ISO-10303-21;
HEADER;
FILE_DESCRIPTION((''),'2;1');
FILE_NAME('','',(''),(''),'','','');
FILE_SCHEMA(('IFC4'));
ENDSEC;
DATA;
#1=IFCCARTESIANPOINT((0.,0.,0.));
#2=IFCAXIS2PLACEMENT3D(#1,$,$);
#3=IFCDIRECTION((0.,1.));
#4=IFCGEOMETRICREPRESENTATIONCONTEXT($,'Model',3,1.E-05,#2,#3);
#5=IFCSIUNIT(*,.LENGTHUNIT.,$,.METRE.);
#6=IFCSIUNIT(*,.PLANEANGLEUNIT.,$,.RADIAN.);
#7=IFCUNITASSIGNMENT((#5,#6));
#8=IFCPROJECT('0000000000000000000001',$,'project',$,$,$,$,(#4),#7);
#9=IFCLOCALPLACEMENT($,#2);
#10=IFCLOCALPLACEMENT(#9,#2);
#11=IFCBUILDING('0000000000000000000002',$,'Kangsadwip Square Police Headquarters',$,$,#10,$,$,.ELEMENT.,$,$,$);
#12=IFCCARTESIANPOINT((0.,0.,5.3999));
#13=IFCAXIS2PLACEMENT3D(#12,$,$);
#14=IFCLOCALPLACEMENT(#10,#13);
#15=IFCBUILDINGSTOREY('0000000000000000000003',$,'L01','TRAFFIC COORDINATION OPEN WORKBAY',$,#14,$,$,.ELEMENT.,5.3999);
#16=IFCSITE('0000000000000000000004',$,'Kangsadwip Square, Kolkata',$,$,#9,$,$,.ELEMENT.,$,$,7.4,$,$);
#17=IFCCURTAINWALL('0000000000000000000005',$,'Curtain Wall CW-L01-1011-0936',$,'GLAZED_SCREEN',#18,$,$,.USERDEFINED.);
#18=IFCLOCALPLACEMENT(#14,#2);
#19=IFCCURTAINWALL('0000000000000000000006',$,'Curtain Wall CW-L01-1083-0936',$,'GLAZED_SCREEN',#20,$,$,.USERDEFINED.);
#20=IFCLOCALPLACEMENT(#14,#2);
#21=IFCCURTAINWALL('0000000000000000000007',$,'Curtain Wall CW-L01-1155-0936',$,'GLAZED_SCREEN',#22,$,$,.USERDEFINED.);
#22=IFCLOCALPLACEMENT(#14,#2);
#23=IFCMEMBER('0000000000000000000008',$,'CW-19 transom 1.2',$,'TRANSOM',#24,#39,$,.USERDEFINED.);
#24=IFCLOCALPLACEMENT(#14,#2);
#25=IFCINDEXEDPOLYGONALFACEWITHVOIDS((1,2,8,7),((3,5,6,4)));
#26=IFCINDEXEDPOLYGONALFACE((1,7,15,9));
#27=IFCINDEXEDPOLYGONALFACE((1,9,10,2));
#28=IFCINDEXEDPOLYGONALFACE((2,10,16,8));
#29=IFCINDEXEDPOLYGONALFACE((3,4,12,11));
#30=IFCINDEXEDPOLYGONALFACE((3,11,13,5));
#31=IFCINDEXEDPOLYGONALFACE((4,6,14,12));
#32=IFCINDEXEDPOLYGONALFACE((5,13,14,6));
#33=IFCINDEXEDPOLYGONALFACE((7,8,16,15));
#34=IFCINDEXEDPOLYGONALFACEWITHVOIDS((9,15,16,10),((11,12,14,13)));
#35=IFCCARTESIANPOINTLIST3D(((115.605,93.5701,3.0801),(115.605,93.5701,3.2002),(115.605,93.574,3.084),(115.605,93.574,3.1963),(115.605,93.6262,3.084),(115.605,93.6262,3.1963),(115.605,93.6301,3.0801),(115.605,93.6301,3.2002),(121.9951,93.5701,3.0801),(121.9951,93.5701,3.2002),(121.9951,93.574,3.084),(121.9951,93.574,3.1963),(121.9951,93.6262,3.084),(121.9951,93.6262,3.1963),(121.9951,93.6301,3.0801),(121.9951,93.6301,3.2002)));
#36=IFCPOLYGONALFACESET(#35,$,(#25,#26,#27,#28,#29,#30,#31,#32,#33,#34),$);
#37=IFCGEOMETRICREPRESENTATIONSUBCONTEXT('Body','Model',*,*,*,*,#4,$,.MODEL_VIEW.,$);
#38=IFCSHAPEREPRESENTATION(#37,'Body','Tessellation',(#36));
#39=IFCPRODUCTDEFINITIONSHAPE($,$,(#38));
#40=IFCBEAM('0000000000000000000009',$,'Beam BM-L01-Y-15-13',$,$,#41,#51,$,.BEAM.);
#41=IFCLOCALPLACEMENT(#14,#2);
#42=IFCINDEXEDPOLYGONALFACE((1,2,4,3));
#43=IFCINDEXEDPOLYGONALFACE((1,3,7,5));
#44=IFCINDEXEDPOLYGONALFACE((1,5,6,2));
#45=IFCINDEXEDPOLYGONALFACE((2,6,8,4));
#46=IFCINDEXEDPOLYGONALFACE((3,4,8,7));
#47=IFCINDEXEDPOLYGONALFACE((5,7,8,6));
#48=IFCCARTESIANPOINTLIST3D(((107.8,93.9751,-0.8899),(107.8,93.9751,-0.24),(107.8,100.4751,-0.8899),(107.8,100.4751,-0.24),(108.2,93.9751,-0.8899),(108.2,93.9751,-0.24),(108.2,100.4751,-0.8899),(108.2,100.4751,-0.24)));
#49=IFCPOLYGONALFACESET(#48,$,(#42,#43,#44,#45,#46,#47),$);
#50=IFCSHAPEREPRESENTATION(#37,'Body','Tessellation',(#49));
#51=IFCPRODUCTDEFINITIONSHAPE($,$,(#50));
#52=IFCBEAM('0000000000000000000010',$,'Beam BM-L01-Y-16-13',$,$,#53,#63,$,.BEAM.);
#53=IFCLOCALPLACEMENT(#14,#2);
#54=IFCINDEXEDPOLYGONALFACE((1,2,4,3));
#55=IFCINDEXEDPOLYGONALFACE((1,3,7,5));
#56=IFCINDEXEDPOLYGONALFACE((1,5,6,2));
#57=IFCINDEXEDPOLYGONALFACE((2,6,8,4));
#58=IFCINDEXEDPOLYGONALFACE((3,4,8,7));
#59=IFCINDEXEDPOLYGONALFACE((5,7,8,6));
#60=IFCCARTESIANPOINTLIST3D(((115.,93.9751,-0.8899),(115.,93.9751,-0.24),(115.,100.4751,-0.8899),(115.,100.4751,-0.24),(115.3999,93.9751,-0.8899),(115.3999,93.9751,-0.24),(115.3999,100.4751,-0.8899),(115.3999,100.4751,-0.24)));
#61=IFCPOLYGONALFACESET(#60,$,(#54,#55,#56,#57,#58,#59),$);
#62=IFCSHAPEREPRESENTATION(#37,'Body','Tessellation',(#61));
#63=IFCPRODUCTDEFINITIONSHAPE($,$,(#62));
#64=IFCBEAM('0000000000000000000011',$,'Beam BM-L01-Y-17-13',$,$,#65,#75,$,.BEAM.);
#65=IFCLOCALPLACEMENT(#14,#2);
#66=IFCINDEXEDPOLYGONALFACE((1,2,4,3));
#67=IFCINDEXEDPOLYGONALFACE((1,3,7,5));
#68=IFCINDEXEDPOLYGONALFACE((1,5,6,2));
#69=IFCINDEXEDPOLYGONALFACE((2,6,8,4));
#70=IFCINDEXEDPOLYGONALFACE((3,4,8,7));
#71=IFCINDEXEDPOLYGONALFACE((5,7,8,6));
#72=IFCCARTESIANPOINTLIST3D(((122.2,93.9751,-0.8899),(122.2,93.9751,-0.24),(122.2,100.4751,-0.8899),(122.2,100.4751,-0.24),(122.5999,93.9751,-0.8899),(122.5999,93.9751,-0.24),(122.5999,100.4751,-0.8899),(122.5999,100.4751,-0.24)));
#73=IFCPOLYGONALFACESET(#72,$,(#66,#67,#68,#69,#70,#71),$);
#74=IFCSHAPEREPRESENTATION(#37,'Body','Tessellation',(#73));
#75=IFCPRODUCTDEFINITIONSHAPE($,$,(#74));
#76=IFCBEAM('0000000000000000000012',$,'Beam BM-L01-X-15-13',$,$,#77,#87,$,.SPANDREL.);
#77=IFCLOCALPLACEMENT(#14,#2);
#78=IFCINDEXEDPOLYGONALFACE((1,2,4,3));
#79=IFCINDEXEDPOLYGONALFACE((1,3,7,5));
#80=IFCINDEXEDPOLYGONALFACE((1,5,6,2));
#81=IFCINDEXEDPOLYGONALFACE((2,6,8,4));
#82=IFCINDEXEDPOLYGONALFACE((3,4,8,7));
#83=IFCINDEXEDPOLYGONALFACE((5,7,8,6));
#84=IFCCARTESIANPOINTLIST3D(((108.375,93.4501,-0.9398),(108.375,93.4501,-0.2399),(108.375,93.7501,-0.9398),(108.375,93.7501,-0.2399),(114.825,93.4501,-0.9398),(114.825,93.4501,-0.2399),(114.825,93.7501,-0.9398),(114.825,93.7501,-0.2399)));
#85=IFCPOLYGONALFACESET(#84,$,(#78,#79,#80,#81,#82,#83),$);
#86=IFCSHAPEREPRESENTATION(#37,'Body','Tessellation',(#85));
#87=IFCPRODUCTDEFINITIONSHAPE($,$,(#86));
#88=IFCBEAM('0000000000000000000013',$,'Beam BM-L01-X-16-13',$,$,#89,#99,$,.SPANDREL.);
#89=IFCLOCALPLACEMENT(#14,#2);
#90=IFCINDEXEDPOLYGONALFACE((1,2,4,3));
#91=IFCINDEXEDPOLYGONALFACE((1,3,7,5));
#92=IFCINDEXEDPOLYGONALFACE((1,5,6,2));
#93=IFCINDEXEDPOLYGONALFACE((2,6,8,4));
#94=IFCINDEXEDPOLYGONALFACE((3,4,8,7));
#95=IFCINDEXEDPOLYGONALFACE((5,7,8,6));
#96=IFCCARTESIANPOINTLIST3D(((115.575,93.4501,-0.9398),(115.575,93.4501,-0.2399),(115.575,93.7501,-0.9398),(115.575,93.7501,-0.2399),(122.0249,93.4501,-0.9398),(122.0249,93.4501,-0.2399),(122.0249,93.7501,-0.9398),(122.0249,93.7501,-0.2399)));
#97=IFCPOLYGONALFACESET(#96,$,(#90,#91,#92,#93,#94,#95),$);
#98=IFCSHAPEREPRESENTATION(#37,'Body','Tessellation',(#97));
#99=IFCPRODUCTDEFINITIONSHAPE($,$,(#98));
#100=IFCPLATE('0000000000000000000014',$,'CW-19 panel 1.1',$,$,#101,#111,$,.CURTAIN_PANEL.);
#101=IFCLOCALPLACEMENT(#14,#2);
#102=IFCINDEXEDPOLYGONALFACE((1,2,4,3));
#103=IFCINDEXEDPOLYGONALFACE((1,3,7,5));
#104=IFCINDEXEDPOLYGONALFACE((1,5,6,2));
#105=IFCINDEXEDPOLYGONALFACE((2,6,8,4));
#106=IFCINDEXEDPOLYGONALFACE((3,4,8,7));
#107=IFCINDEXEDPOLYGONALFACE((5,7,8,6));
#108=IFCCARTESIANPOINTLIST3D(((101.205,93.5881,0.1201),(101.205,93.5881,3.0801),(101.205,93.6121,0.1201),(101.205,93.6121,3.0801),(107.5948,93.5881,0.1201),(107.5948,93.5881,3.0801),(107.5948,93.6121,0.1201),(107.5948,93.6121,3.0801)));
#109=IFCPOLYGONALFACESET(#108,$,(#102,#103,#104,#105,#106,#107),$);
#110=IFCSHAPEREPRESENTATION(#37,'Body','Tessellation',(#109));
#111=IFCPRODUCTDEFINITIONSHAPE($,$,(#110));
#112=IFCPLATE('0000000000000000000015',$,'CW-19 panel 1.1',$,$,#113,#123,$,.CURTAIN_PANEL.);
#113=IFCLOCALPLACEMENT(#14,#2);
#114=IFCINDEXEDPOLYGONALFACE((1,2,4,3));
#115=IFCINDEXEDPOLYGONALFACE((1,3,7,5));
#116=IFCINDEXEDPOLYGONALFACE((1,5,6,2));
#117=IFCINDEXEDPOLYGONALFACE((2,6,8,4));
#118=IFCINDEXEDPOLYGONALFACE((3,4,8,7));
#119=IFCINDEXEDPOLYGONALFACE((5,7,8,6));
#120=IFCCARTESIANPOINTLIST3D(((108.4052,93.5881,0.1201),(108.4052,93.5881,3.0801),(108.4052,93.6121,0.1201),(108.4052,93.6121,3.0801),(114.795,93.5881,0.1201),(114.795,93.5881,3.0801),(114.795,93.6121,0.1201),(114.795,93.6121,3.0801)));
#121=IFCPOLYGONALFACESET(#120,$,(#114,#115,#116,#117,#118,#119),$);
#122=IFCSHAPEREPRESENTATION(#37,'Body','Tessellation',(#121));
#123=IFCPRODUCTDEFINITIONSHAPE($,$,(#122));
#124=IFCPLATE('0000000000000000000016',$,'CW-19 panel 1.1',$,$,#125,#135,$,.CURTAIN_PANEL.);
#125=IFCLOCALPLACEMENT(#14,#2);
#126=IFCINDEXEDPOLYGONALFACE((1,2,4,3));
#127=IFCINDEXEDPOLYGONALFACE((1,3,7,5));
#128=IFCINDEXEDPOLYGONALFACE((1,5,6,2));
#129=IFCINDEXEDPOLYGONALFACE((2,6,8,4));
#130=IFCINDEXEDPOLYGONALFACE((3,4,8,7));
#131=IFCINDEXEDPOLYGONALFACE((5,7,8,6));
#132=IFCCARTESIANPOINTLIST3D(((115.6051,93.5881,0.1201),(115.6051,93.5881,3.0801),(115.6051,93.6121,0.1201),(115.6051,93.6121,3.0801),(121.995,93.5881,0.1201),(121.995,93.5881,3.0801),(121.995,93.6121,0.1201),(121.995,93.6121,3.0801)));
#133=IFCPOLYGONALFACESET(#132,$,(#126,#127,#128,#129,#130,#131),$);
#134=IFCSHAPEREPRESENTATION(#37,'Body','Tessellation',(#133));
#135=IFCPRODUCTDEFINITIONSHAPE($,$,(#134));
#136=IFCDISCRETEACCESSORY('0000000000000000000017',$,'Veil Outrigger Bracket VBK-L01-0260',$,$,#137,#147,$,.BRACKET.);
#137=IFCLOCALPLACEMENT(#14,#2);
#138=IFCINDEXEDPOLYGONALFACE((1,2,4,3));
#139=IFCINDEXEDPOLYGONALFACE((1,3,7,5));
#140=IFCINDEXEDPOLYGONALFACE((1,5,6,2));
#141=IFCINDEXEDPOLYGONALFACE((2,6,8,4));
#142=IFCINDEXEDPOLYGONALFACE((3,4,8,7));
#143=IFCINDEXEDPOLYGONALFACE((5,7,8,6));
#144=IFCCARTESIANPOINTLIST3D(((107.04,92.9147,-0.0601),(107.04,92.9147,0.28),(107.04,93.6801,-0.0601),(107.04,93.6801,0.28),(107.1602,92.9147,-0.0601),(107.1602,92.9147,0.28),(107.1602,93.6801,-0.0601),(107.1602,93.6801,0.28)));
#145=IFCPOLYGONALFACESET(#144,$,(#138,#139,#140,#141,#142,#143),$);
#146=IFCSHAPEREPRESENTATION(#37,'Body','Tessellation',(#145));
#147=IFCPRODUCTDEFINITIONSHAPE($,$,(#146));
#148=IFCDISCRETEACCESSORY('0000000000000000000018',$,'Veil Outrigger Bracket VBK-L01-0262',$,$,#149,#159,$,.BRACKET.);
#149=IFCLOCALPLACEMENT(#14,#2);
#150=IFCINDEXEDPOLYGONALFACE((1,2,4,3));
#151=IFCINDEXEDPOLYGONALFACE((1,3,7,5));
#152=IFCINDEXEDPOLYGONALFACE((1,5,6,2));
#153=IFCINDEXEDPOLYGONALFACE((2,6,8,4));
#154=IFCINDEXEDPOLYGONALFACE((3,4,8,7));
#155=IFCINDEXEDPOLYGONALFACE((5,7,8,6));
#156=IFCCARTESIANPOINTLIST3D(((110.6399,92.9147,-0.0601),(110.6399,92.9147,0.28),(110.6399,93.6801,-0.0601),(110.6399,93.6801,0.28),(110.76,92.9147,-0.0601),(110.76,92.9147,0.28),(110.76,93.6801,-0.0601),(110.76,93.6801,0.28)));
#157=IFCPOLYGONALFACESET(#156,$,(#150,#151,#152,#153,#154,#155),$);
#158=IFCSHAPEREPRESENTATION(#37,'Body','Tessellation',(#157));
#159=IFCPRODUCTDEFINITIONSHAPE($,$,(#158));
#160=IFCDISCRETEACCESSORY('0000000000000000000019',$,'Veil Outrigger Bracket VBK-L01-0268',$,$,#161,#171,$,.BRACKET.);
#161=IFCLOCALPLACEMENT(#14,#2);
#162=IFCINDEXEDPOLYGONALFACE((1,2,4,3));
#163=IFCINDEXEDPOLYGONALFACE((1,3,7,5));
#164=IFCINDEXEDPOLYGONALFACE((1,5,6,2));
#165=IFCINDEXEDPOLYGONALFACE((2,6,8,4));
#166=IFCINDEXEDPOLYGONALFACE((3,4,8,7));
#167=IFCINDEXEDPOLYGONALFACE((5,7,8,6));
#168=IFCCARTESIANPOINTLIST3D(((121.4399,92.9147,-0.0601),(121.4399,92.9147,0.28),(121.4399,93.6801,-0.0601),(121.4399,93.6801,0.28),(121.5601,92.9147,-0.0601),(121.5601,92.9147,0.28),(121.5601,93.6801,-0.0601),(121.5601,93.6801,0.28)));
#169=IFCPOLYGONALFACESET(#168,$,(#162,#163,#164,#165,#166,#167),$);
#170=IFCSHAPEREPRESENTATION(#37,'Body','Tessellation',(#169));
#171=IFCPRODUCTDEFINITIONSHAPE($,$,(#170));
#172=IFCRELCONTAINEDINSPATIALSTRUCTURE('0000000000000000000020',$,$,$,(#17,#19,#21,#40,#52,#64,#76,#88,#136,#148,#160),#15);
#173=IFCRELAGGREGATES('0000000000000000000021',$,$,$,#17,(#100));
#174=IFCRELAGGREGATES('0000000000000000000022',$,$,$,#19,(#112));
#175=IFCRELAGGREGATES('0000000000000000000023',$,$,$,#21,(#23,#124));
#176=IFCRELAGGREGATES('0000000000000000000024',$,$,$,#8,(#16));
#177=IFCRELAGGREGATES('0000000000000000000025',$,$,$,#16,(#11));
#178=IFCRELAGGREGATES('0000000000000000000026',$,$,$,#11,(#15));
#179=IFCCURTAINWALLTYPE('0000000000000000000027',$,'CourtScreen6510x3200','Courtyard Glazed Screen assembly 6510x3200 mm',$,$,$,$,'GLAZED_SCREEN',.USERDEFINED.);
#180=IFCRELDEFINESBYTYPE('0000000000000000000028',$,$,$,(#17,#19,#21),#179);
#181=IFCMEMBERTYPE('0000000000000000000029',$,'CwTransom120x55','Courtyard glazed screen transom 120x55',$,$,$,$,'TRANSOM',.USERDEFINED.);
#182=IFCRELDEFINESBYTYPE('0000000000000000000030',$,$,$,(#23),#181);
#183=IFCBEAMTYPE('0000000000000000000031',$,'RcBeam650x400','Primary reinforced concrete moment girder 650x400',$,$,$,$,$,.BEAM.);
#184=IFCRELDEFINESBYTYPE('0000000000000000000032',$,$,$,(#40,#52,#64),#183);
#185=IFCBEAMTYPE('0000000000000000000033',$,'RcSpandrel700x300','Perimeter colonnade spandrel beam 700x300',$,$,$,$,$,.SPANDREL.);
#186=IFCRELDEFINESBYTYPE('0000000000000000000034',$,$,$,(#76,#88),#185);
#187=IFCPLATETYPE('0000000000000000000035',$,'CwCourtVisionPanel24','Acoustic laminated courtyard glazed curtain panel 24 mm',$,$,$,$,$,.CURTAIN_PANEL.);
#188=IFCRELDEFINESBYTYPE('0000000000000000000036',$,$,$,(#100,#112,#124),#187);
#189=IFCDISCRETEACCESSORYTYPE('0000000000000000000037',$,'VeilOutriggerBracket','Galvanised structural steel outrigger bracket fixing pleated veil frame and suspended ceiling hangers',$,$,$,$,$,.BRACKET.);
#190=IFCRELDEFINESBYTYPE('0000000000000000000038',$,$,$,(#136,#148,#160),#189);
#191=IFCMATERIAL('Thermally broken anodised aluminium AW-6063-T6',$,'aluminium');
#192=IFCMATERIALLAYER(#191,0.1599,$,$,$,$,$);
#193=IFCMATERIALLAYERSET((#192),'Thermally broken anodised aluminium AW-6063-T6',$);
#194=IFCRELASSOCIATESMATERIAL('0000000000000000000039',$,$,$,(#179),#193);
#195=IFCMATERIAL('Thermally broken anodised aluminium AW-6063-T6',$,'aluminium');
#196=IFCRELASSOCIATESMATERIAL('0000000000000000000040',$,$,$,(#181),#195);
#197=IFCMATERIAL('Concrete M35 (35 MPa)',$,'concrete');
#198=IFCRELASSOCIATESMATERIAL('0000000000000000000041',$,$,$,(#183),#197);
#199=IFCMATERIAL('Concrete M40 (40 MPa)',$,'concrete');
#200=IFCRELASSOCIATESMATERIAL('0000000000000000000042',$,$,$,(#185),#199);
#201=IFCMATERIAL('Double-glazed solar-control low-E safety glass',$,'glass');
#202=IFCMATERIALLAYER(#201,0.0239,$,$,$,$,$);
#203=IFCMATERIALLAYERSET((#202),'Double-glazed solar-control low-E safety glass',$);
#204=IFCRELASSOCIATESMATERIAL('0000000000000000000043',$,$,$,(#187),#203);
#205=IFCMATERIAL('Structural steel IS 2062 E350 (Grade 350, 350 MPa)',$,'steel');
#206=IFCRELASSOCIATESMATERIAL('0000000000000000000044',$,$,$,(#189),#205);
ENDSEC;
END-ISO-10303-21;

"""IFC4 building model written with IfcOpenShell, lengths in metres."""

from ifc_helpers import new_model, si_unit, direction, frame, origin, origin_2d, place, context, subcontext, project, spatial, rectangle, hollow_rectangle, extrude, material, layer, layer_set, material_profile, profile_set, type_object, element, aggregate, save


model = new_model("IFC4")

# Units and contexts
model_context = context("Model", 3, precision=1e-05, world=origin(), true_north=direction((0.0, 1.0)))
body_context = subcontext(model_context, "Body", "Model", "MODEL_VIEW")
ifc_project = project(units=[si_unit("LENGTHUNIT", "METRE"), si_unit("PLANEANGLEUNIT", "RADIAN")], contexts=[model_context])

# Site, building, storey
site_placement = place(None, origin())
site = spatial("IfcSite", under=ifc_project, at=site_placement, Name="Kangsadwip Square, Kolkata", CompositionType="ELEMENT", RefElevation=7.4)
building_placement = place(site_placement, origin())
building = spatial("IfcBuilding", under=site, at=building_placement, Name="Kangsadwip Square Police Headquarters", CompositionType="ELEMENT")
storey_placement = place(building_placement, frame((0.0, 0.0, 5.3999)))
storey = spatial("IfcBuildingStorey", under=building, at=storey_placement, Name="L01", Description="TRAFFIC COORDINATION OPEN WORKBAY", CompositionType="ELEMENT", Elevation=5.3999)

# Curtain wall
ifc_material_1 = material(Name="Thermally broken anodised aluminium AW-6063-T6", Category="aluminium")
ifc_layer_1 = layer(ifc_material_1, 0.1599)
ifc_layer_set_1 = layer_set([ifc_layer_1], Name="Thermally broken anodised aluminium AW-6063-T6")
curtain_wall_type = type_object("IfcCurtainWallType", Name="CourtScreen6510x3200", Description="Courtyard Glazed Screen assembly 6510x3200 mm", ElementType="GLAZED_SCREEN", PredefinedType="USERDEFINED", material=ifc_layer_set_1)
curtain_wall_1_placement = place(storey_placement, origin())
curtain_wall_1 = element("IfcCurtainWall", 1, at=curtain_wall_1_placement, inside=storey, type_object=curtain_wall_type, Name="Curtain Wall CW-L01-1011-0936", ObjectType="GLAZED_SCREEN", PredefinedType="USERDEFINED")

# Curtain walls
curtain_wall_2_placement = place(storey_placement, origin())
curtain_wall_2 = element("IfcCurtainWall", 2, at=curtain_wall_2_placement, inside=storey, type_object=curtain_wall_type, Name="Curtain Wall CW-L01-1083-0936", ObjectType="GLAZED_SCREEN", PredefinedType="USERDEFINED")
curtain_wall_3_placement = place(storey_placement, origin())
curtain_wall_3 = element("IfcCurtainWall", 3, at=curtain_wall_3_placement, inside=storey, type_object=curtain_wall_type, Name="Curtain Wall CW-L01-1155-0936", ObjectType="GLAZED_SCREEN", PredefinedType="USERDEFINED")

# Member
ifc_material_2 = material(Name="Thermally broken anodised aluminium AW-6063-T6", Category="aluminium")
ifc_material_profile_1 = material_profile(ifc_material_2, hollow_rectangle(XDim=0.0601, YDim=0.1201, WallThickness=0.0039, at=origin_2d()), Name="CWT 120X60X4")
ifc_profile_set_1 = profile_set([ifc_material_profile_1], Name="Thermally broken anodised aluminium AW-6063-T6")
member_type_1 = type_object("IfcMemberType", Name="CwTransom120x55", Description="Courtyard glazed screen transom 120x55", ElementType="TRANSOM", PredefinedType="USERDEFINED", material=ifc_profile_set_1)
member_1_placement = place(storey_placement, frame((115.605, 93.6001, 3.1401), z_axis=(1.0, 0.0, 0.0), x_axis=(0.0, 1.0, 0.0)))
member_1 = element("IfcMember", 4, at=member_1_placement, type_object=member_type_1, Name="CW-19 transom 1.2", ObjectType="TRANSOM", PredefinedType="USERDEFINED", context=body_context, shape_type="SweptSolid", body=[
    extrude(hollow_rectangle(XDim=0.0601, YDim=0.1201, WallThickness=0.0039, at=origin_2d()), origin(), (0.0, 0.0, 1.0), 6.3901),
])

# Beams
ifc_material_3 = material(Name="Concrete M35 (35 MPa)", Category="concrete")
ifc_material_profile_2 = material_profile(ifc_material_3, rectangle(XDim=0.3999, YDim=0.6499, at=origin_2d()), Name="RC BM 650X400")
ifc_profile_set_2 = profile_set([ifc_material_profile_2], Name="Concrete M35 (35 MPa)")
beam_type_1 = type_object("IfcBeamType", Name="RcBeam650x400", Description="Primary reinforced concrete moment girder 650x400", PredefinedType="BEAM", material=ifc_profile_set_2)
for number, where, z_axis, x_axis, name in (
    (5, (108.0, 93.9751, -0.5649), (0.0, 1.0, 0.0), (-1.0, 0.0, 0.0), "Beam BM-L01-Y-15-13"),
    (6, (115.2, 93.9751, -0.5649), (0.0, 1.0, 0.0), (-1.0, 0.0, 0.0), "Beam BM-L01-Y-16-13"),
    (7, (122.3999, 93.9751, -0.5649), (0.0, 1.0, 0.0), (-1.0, 0.0, 0.0), "Beam BM-L01-Y-17-13"),
):
    element("IfcBeam", number, at=place(storey_placement, frame(where, z_axis=z_axis, x_axis=x_axis)), inside=storey, type_object=beam_type_1, Name=name, PredefinedType="BEAM", context=body_context, shape_type="SweptSolid", body=[
        extrude(rectangle(XDim=0.3999, YDim=0.6499, at=origin_2d()), origin(), (0.0, 0.0, 1.0), 6.5),
    ])
ifc_material_4 = material(Name="Concrete M40 (40 MPa)", Category="concrete")
ifc_material_profile_3 = material_profile(ifc_material_4, rectangle(XDim=0.3, YDim=0.7, at=origin_2d()), Name="RC SPN 700X300")
ifc_profile_set_3 = profile_set([ifc_material_profile_3], Name="Concrete M40 (40 MPa)")
beam_type_2 = type_object("IfcBeamType", Name="RcSpandrel700x300", Description="Perimeter colonnade spandrel beam 700x300", PredefinedType="SPANDREL", material=ifc_profile_set_3)
for number, where, z_axis, x_axis, name in (
    (8, (108.375, 93.6001, -0.5898), (1.0, 0.0, 0.0), (0.0, 1.0, 0.0), "Beam BM-L01-X-15-13"),
    (9, (115.575, 93.6001, -0.5898), (1.0, 0.0, 0.0), (0.0, 1.0, 0.0), "Beam BM-L01-X-16-13"),
):
    element("IfcBeam", number, at=place(storey_placement, frame(where, z_axis=z_axis, x_axis=x_axis)), inside=storey, type_object=beam_type_2, Name=name, PredefinedType="SPANDREL", context=body_context, shape_type="SweptSolid", body=[
        extrude(rectangle(XDim=0.3, YDim=0.7, at=origin_2d()), origin(), (0.0, 0.0, 1.0), 6.45),
    ])

# Plates
ifc_material_5 = material(Name="Double-glazed solar-control low-E safety glass", Category="glass")
ifc_layer_2 = layer(ifc_material_5, 0.0239)
ifc_layer_set_2 = layer_set([ifc_layer_2], Name="Double-glazed solar-control low-E safety glass")
plate_type = type_object("IfcPlateType", Name="CwCourtVisionPanel24", Description="Acoustic laminated courtyard glazed curtain panel 24 mm", PredefinedType="CURTAIN_PANEL", material=ifc_layer_set_2)
plate_1_placement = place(storey_placement, frame((104.3999, 93.6001, 0.1201), z_axis=(0.0, 0.0, 1.0), x_axis=(1.0, 0.0, 0.0)))
plate_1 = element("IfcPlate", 10, at=plate_1_placement, type_object=plate_type, Name="CW-19 panel 1.1", PredefinedType="CURTAIN_PANEL", context=body_context, shape_type="SweptSolid", body=[
    extrude(rectangle(XDim=6.3899, YDim=0.0239, at=origin_2d()), origin(), (0.0, 0.0, 1.0), 2.96),
])
aggregate(curtain_wall_1, [plate_1])
plate_2_placement = place(storey_placement, frame((111.6001, 93.6001, 0.1201), z_axis=(0.0, 0.0, 1.0), x_axis=(1.0, 0.0, 0.0)))
plate_2 = element("IfcPlate", 11, at=plate_2_placement, type_object=plate_type, Name="CW-19 panel 1.1", PredefinedType="CURTAIN_PANEL", context=body_context, shape_type="SweptSolid", body=[
    extrude(rectangle(XDim=6.3899, YDim=0.0239, at=origin_2d()), origin(), (0.0, 0.0, 1.0), 2.96),
])
aggregate(curtain_wall_2, [plate_2])
plate_3_placement = place(storey_placement, frame((118.8, 93.6001, 0.1201), z_axis=(0.0, 0.0, 1.0), x_axis=(1.0, 0.0, 0.0)))
plate_3 = element("IfcPlate", 12, at=plate_3_placement, type_object=plate_type, Name="CW-19 panel 1.1", PredefinedType="CURTAIN_PANEL", context=body_context, shape_type="SweptSolid", body=[
    extrude(rectangle(XDim=6.3899, YDim=0.0239, at=origin_2d()), origin(), (0.0, 0.0, 1.0), 2.96),
])
aggregate(curtain_wall_3, [member_1, plate_3])

# Discrete accessories
ifc_material_6 = material(Name="Structural steel IS 2062 E350 (Grade 350, 350 MPa)", Category="steel")
discrete_accessory_type = type_object("IfcDiscreteAccessoryType", Name="VeilOutriggerBracket", Description="Galvanised structural steel outrigger bracket fixing pleated veil frame and suspended ceiling hangers", PredefinedType="BRACKET", material=ifc_material_6)
for number, where, z_axis, x_axis, name in (
    (13, (107.1001, 93.2974, -0.0601), (0.0, 0.0, 1.0), (1.0, 0.0, 0.0), "Veil Outrigger Bracket VBK-L01-0260"),
    (14, (110.7, 93.2974, -0.0601), (0.0, 0.0, 1.0), (1.0, 0.0, 0.0), "Veil Outrigger Bracket VBK-L01-0262"),
    (15, (121.5, 93.2974, -0.0601), (0.0, 0.0, 1.0), (1.0, 0.0, 0.0), "Veil Outrigger Bracket VBK-L01-0268"),
):
    element("IfcDiscreteAccessory", number, at=place(storey_placement, frame(where, z_axis=z_axis, x_axis=x_axis)), inside=storey, type_object=discrete_accessory_type, Name=name, PredefinedType="BRACKET", context=body_context, shape_type="SweptSolid", body=[
        extrude(rectangle(XDim=0.1201, YDim=0.7654, at=origin_2d()), origin(), (0.0, 0.0, 1.0), 0.3401),
    ])

save(model, "model.ifc")
